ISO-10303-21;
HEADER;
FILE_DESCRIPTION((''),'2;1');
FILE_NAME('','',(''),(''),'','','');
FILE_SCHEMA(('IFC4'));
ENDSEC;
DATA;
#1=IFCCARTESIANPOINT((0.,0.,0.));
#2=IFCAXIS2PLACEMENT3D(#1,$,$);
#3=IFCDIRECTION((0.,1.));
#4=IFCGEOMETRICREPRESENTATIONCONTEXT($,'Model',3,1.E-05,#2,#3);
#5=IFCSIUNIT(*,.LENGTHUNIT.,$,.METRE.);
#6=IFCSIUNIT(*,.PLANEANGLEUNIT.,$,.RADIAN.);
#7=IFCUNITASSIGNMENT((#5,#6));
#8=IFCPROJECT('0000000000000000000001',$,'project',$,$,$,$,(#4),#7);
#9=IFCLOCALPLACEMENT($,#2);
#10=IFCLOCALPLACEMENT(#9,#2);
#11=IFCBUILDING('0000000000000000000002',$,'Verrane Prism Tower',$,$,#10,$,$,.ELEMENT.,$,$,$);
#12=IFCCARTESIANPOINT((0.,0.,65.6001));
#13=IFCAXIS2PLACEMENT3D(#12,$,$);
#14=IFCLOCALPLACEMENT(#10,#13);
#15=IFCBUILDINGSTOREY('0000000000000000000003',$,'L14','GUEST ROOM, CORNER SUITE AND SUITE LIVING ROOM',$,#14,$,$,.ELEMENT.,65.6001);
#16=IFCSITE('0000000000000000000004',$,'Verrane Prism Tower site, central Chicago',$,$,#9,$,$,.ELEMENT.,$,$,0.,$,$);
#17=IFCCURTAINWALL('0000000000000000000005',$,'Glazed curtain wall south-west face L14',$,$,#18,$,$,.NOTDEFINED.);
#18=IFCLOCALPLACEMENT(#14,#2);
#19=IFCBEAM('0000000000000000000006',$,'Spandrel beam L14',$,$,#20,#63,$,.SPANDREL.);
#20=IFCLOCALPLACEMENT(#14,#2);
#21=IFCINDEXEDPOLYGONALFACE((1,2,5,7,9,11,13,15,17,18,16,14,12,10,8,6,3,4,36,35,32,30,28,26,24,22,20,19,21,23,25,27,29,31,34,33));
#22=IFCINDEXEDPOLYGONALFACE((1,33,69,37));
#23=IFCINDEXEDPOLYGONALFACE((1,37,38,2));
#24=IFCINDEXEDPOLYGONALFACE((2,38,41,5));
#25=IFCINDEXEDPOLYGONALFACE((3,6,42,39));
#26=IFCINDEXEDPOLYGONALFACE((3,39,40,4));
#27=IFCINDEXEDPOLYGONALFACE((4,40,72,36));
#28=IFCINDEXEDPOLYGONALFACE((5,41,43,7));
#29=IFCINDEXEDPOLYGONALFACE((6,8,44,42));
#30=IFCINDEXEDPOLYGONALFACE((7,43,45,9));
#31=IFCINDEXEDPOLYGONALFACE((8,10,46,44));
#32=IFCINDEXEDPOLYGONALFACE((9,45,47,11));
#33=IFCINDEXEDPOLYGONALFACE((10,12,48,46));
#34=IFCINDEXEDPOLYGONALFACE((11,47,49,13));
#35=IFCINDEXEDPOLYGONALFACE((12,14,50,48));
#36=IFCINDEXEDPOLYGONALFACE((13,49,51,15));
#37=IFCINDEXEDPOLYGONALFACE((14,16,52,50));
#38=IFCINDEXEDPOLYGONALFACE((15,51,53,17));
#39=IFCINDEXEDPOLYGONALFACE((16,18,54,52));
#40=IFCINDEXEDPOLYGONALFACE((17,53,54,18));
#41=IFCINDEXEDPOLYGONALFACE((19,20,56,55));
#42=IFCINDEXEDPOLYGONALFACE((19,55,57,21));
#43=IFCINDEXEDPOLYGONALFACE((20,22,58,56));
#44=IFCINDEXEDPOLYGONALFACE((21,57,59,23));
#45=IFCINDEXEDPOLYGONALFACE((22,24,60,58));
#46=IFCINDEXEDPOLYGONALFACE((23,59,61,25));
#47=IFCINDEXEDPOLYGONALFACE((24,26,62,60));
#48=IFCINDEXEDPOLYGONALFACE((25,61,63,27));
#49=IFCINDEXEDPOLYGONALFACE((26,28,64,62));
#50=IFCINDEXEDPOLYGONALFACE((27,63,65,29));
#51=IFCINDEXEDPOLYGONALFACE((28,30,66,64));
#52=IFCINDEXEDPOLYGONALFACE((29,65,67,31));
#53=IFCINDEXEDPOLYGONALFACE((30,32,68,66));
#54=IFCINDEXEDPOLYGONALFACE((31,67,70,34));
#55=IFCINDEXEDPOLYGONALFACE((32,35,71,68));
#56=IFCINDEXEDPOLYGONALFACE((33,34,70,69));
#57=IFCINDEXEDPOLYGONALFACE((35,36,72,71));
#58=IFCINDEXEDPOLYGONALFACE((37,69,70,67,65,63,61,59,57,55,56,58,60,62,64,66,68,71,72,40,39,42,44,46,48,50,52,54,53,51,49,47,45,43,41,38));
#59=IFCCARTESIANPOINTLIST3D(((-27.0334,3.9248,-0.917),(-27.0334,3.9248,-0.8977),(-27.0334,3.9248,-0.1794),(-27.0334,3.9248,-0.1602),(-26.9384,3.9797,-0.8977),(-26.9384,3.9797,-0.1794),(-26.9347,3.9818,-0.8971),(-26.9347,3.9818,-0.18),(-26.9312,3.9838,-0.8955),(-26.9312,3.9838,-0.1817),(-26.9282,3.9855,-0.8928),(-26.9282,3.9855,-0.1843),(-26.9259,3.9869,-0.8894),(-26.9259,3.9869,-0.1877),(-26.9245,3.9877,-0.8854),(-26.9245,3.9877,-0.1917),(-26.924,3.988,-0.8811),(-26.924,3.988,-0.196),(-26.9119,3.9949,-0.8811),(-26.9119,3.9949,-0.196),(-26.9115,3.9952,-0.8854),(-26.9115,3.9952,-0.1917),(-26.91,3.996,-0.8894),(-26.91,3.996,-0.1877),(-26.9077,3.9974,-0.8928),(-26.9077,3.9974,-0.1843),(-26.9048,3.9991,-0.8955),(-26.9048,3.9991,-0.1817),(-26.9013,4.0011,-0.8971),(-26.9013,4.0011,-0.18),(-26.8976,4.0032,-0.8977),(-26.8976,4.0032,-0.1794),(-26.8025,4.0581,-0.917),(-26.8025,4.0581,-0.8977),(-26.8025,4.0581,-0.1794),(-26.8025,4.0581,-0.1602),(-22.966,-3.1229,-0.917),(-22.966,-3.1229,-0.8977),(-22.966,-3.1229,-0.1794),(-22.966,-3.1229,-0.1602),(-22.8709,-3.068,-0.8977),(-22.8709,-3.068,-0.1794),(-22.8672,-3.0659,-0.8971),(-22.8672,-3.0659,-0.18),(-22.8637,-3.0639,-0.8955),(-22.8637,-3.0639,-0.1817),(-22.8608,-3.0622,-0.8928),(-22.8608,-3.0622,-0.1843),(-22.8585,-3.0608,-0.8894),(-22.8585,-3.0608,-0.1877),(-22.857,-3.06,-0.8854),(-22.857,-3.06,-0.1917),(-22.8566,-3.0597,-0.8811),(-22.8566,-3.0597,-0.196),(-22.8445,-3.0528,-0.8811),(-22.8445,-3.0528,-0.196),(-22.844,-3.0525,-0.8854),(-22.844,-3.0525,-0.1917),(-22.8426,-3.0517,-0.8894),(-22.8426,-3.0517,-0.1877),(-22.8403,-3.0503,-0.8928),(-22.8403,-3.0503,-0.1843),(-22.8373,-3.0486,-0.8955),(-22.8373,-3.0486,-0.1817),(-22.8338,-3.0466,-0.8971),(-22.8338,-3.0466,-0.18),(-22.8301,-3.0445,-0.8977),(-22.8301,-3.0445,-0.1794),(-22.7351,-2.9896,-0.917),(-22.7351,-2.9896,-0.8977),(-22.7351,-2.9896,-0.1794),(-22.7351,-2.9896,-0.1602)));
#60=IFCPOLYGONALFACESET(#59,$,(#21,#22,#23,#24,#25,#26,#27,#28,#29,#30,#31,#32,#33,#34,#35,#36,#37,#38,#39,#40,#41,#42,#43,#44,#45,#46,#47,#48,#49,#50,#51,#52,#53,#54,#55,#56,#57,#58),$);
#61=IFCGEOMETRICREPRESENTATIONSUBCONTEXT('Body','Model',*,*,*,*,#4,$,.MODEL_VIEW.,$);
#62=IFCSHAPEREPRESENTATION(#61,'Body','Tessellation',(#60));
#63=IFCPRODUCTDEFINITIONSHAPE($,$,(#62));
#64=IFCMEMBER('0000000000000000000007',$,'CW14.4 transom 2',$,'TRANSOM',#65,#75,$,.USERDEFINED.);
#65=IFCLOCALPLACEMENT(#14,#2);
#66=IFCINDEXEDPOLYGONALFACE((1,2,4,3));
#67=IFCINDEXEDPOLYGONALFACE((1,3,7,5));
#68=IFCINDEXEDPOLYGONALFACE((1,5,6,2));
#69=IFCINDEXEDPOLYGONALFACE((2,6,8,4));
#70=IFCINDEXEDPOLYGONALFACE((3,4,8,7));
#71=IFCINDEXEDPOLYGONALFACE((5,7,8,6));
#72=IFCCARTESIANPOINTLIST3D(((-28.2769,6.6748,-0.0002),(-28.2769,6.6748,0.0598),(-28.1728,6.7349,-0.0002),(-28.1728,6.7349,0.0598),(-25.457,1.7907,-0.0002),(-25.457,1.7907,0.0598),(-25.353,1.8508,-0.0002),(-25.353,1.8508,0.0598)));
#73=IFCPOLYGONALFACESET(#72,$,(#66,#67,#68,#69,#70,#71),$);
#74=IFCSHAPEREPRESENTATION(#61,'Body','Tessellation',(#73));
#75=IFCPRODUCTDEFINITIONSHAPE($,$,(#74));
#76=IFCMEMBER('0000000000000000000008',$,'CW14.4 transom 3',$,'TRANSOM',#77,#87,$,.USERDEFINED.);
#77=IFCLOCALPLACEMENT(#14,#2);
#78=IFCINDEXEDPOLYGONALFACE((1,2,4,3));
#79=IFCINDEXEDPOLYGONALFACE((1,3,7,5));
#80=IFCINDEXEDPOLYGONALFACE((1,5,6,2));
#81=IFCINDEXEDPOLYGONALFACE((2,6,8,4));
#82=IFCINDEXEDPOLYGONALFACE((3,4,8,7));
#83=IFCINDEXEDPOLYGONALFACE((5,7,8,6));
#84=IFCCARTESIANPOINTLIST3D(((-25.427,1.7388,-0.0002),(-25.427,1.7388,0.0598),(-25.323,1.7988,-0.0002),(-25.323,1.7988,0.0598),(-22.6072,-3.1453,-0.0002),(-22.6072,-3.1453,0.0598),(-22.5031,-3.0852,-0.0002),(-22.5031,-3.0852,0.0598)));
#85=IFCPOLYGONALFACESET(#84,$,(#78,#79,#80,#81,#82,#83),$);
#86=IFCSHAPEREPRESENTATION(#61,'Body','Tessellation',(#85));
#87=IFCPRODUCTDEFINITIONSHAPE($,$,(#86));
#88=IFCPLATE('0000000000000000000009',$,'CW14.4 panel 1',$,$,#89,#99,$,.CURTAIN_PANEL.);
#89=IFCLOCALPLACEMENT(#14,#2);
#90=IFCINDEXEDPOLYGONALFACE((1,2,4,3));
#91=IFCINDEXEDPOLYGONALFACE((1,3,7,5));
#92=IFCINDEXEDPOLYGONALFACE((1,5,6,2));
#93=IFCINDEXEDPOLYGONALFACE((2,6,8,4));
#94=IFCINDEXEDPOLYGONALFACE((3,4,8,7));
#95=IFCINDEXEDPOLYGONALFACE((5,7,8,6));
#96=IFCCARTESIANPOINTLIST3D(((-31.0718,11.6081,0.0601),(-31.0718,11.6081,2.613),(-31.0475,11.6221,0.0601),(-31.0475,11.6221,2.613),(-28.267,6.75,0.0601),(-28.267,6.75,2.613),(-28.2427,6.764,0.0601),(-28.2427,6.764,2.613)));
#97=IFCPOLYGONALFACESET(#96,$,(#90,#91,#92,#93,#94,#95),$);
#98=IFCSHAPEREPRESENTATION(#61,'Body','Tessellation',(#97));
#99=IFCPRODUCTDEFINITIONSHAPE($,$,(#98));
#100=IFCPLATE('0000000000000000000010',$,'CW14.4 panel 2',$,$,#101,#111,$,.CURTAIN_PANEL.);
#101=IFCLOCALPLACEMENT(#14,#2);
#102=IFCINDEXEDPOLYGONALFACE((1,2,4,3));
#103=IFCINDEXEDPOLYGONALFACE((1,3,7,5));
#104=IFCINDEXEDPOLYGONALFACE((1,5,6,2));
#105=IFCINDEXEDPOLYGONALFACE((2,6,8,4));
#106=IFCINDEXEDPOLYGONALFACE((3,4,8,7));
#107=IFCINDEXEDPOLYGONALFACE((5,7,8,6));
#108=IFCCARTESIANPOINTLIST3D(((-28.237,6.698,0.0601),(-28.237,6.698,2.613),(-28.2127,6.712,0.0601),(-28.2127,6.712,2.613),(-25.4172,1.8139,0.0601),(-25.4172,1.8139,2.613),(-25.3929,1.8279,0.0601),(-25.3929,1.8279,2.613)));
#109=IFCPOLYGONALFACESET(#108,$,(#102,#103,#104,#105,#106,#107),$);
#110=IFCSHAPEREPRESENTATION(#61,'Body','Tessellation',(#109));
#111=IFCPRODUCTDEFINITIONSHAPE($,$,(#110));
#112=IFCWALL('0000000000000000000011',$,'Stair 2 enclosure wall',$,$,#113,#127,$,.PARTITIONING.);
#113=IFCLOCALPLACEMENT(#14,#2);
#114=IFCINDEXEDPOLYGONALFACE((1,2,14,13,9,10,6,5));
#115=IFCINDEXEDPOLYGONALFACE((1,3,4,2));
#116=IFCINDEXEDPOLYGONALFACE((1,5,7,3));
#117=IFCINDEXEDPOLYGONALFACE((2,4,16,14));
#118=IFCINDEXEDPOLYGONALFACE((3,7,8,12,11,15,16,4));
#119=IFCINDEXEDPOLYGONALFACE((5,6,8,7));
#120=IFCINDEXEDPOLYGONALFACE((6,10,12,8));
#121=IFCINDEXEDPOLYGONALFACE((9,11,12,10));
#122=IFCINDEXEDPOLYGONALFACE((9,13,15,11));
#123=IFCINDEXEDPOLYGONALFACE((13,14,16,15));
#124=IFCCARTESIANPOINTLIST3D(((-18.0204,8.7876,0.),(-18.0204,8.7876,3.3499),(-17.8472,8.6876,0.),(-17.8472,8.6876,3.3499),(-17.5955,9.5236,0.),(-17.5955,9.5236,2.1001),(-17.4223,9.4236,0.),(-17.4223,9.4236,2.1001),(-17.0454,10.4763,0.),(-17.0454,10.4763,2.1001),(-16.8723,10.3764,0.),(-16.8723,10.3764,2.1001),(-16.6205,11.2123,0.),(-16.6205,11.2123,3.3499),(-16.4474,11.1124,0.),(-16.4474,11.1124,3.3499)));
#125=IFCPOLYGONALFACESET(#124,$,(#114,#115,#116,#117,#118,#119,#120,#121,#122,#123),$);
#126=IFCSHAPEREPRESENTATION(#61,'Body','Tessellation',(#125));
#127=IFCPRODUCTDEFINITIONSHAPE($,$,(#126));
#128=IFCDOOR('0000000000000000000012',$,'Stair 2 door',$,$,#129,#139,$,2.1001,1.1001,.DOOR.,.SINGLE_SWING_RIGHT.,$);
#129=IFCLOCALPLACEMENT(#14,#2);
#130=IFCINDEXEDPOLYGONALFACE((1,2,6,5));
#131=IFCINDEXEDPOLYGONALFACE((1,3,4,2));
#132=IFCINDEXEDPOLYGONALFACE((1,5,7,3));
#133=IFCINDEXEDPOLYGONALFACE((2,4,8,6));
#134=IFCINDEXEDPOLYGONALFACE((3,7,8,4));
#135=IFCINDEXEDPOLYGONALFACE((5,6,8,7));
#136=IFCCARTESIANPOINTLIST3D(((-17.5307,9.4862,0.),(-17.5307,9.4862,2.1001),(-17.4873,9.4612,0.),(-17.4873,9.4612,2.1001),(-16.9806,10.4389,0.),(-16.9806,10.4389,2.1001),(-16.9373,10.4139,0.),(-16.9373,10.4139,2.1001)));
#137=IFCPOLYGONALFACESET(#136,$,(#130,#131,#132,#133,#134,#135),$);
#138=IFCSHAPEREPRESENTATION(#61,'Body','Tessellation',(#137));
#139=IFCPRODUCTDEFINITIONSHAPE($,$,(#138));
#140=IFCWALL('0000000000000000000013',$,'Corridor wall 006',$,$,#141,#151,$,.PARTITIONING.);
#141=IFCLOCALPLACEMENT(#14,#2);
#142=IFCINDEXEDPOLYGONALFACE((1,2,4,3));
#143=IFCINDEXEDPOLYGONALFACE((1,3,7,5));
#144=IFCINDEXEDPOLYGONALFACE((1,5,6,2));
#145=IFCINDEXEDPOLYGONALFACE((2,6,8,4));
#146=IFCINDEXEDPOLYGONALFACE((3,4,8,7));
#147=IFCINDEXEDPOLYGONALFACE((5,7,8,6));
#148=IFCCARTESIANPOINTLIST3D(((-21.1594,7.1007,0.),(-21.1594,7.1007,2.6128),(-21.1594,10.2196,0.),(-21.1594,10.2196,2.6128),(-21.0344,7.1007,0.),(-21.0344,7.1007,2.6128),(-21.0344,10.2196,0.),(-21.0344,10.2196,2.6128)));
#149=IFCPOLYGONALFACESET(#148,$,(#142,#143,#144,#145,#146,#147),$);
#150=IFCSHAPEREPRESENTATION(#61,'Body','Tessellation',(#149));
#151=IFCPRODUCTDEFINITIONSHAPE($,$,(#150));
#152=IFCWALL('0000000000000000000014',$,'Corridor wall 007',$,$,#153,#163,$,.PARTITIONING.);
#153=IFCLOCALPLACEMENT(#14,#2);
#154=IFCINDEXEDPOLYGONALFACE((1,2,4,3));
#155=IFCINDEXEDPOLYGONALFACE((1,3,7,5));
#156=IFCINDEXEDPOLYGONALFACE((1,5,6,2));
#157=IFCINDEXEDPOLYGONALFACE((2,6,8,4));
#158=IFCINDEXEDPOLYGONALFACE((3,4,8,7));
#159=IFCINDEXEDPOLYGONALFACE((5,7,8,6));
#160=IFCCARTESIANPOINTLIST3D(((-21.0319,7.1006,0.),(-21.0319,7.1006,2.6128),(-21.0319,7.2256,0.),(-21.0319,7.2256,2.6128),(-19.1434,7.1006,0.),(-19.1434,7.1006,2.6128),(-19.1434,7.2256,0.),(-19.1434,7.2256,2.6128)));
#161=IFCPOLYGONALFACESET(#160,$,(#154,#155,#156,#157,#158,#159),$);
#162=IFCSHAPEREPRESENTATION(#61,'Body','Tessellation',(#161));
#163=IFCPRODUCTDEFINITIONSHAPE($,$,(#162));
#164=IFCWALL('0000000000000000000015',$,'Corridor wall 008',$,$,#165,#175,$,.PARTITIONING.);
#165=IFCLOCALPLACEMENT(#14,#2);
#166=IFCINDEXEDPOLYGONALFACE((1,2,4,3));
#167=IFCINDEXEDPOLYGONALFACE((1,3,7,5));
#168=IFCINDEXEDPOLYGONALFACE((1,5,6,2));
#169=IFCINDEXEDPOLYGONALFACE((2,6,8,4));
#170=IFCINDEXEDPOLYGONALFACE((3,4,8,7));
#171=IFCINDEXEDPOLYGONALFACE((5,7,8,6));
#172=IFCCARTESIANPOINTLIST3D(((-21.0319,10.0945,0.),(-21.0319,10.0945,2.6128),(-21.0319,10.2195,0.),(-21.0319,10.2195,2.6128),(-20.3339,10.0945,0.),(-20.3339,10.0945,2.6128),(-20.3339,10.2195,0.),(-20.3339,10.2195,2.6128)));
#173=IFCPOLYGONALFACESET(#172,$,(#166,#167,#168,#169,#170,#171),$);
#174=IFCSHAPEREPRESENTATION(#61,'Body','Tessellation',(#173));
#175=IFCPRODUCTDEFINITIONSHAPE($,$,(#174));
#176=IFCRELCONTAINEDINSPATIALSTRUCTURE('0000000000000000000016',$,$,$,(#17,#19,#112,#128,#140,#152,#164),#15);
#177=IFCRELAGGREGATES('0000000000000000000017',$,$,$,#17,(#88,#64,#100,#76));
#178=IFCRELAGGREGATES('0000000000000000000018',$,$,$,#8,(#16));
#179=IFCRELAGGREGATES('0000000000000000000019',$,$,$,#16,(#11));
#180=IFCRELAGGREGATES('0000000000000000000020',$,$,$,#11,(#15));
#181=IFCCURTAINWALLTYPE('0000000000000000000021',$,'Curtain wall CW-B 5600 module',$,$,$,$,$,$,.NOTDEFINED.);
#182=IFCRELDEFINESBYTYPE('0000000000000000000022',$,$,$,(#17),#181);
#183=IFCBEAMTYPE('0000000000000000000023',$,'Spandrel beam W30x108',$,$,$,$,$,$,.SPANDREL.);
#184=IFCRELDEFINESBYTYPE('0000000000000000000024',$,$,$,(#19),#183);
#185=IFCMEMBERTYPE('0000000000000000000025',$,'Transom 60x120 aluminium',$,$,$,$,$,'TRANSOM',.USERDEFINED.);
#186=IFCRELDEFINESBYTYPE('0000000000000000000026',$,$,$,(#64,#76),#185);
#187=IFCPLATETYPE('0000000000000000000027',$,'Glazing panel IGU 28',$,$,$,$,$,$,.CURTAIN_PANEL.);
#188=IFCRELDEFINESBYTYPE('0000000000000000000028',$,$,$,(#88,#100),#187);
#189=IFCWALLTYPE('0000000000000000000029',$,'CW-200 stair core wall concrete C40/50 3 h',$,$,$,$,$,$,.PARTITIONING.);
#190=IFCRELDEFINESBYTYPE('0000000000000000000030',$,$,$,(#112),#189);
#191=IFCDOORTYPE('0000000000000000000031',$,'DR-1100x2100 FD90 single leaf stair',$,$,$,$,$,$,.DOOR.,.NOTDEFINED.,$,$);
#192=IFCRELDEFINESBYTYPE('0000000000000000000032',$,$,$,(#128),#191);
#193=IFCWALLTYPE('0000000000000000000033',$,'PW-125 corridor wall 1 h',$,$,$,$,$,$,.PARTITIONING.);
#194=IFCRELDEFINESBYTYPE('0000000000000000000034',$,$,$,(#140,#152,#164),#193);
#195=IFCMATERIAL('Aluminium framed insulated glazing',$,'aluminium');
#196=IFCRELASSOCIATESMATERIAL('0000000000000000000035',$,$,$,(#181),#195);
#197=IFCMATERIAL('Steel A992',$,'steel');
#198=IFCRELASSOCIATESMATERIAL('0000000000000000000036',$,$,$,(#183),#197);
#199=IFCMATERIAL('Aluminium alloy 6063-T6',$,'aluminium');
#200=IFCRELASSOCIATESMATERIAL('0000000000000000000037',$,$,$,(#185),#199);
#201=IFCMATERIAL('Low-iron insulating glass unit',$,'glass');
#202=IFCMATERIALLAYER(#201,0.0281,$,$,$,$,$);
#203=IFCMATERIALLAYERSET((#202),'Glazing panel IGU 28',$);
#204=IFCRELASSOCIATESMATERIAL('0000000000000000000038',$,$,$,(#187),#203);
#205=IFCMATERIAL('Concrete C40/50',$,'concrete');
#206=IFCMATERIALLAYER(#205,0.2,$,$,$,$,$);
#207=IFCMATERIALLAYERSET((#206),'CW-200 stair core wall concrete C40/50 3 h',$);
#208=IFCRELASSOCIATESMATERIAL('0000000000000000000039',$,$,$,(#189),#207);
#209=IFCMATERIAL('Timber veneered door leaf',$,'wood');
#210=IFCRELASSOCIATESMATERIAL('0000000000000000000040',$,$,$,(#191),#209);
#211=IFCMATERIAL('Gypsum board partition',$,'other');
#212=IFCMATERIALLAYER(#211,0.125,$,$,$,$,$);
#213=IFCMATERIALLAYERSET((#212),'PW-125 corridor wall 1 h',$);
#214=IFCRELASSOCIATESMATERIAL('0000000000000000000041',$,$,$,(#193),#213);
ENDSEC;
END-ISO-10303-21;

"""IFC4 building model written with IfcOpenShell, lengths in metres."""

from ifc_helpers import new_model, si_unit, direction, frame, frame_2d, origin, origin_2d, place, context, subcontext, project, spatial, rectangle, i_section, extrude, material, layer, layer_set, material_profile, profile_set, type_object, element, fill, aggregate, save


model = new_model("IFC4")

# Units and contexts
model_context = context("Model", 3, precision=1e-05, world=origin(), true_north=direction((0.0, 1.0)))
body_context = subcontext(model_context, "Body", "Model", "MODEL_VIEW")
ifc_project = project(units=[si_unit("LENGTHUNIT", "METRE"), si_unit("PLANEANGLEUNIT", "RADIAN")], contexts=[model_context])

# Site, building, storey
site_placement = place(None, origin())
site = spatial("IfcSite", under=ifc_project, at=site_placement, Name="Verrane Prism Tower site, central Chicago", CompositionType="ELEMENT", RefElevation=0.0)
building_placement = place(site_placement, origin())
building = spatial("IfcBuilding", under=site, at=building_placement, Name="Verrane Prism Tower", CompositionType="ELEMENT")
storey_placement = place(building_placement, frame((0.0, 0.0, 65.6001)))
storey = spatial("IfcBuildingStorey", under=building, at=storey_placement, Name="L14", Description="GUEST ROOM, CORNER SUITE AND SUITE LIVING ROOM", CompositionType="ELEMENT", Elevation=65.6001)

# Curtain wall
ifc_material_1 = material(Name="Aluminium framed insulated glazing", Category="aluminium")
curtain_wall_type = type_object("IfcCurtainWallType", Name="Curtain wall CW-B 5600 module", PredefinedType="NOTDEFINED", material=ifc_material_1)
curtain_wall_placement = place(storey_placement, origin())
curtain_wall = element("IfcCurtainWall", 1, at=curtain_wall_placement, inside=storey, type_object=curtain_wall_type, Name="Glazed curtain wall south-west face L14", PredefinedType="NOTDEFINED")

# Beam
ifc_material_2 = material(Name="Steel A992", Category="steel")
ifc_material_profile_1 = material_profile(ifc_material_2, i_section(OverallWidth=0.2666, OverallDepth=0.7568, WebThickness=0.0139, FlangeThickness=0.0193, FilletRadius=0.0166, at=origin_2d()), Name="W30x108")
ifc_profile_set_1 = profile_set([ifc_material_profile_1], Name="Steel A992")
beam_type_1 = type_object("IfcBeamType", Name="Spandrel beam W30x108", PredefinedType="SPANDREL", material=ifc_profile_set_1)
beam_1_placement = place(storey_placement, frame((-26.918, 3.9915, -0.5386), z_axis=(0.499857, -0.866108, 0.0), x_axis=(0.866108, 0.499857, 0.0)))
element("IfcBeam", 2, at=beam_1_placement, inside=storey, type_object=beam_type_1, Name="Spandrel beam L14", PredefinedType="SPANDREL", context=body_context, shape_type="SweptSolid", body=[
    extrude(i_section(OverallWidth=0.2666, OverallDepth=0.7568, WebThickness=0.0139, FlangeThickness=0.0193, FilletRadius=0.0166, at=origin_2d()), origin(), (0.0, 0.0, 1.0), 8.1372),
])

# Members
ifc_material_3 = material(Name="Aluminium alloy 6063-T6", Category="aluminium")
ifc_material_profile_2 = material_profile(ifc_material_3, rectangle(XDim=0.1201, YDim=0.0601, at=origin_2d()), Name="Transom 60x120 aluminium")
ifc_profile_set_2 = profile_set([ifc_material_profile_2], Name="Aluminium alloy 6063-T6")
member_type_1 = type_object("IfcMemberType", Name="Transom 60x120 aluminium", ElementType="TRANSOM", PredefinedType="USERDEFINED", material=ifc_profile_set_2)
member_1_placement = place(storey_placement, frame((-28.2249, 6.7048, 0.0298), z_axis=(0.500004, -0.866023, 0.0), x_axis=(0.866023, 0.500004, 0.0)))
member_1 = element("IfcMember", 3, at=member_1_placement, type_object=member_type_1, Name="CW14.4 transom 2", ObjectType="TRANSOM", PredefinedType="USERDEFINED", context=body_context, shape_type="SweptSolid", body=[
    extrude(rectangle(XDim=0.1201, YDim=0.0601, at=origin_2d()), origin(), (0.0, 0.0, 1.0), 5.6396),
])
member_2_placement = place(storey_placement, frame((-25.375, 1.7688, 0.0298), z_axis=(0.500004, -0.866023, 0.0), x_axis=(0.866023, 0.500004, 0.0)))
member_2 = element("IfcMember", 4, at=member_2_placement, type_object=member_type_1, Name="CW14.4 transom 3", ObjectType="TRANSOM", PredefinedType="USERDEFINED", context=body_context, shape_type="SweptSolid", body=[
    extrude(rectangle(XDim=0.1201, YDim=0.0601, at=origin_2d()), origin(), (0.0, 0.0, 1.0), 5.6396),
])

# Plates
ifc_material_4 = material(Name="Low-iron insulating glass unit", Category="glass")
ifc_layer_1 = layer(ifc_material_4, 0.0281)
ifc_layer_set_1 = layer_set([ifc_layer_1], Name="Glazing panel IGU 28")
plate_type = type_object("IfcPlateType", Name="Glazing panel IGU 28", PredefinedType="CURTAIN_PANEL", material=ifc_layer_set_1)
plate_1_placement = place(storey_placement, frame((-29.6572, 9.186, 0.0601), z_axis=(0.0, 0.0, 1.0), x_axis=(0.5, -0.866025, 0.0)))
plate_1 = element("IfcPlate", 5, at=plate_1_placement, type_object=plate_type, Name="CW14.4 panel 1", PredefinedType="CURTAIN_PANEL", context=body_context, shape_type="SweptSolid", body=[
    extrude(rectangle(XDim=5.6096, YDim=0.0281, at=origin_2d()), origin(), (0.0, 0.0, 1.0), 2.553),
])
plate_2_placement = place(storey_placement, frame((-26.8149, 4.2629, 0.0601), z_axis=(0.0, 0.0, 1.0), x_axis=(0.5, -0.866025, 0.0)))
plate_2 = element("IfcPlate", 6, at=plate_2_placement, type_object=plate_type, Name="CW14.4 panel 2", PredefinedType="CURTAIN_PANEL", context=body_context, shape_type="SweptSolid", body=[
    extrude(rectangle(XDim=5.6396, YDim=0.0281, at=origin_2d()), origin(), (0.0, 0.0, 1.0), 2.553),
])
aggregate(curtain_wall, [plate_1, member_1, plate_2, member_2])

# Wall, opening, door
ifc_material_5 = material(Name="Concrete C40/50", Category="concrete")
ifc_layer_2 = layer(ifc_material_5, 0.2)
ifc_layer_set_2 = layer_set([ifc_layer_2], Name="CW-200 stair core wall concrete C40/50 3 h")
wall_type_1 = type_object("IfcWallType", Name="CW-200 stair core wall concrete C40/50 3 h", PredefinedType="PARTITIONING", material=ifc_layer_set_2)
wall_1_placement = place(storey_placement, frame((-16.5339, 11.1624, 0.0), z_axis=(0.0, 0.0, 1.0), x_axis=(-0.499984, -0.866035, 0.0)))
wall_1 = element("IfcWall", 7, at=wall_1_placement, inside=storey, type_object=wall_type_1, Name="Stair 2 enclosure wall", PredefinedType="PARTITIONING", context=body_context, shape_type="SweptSolid", body=[
    extrude(rectangle(XDim=2.7998, YDim=0.2, at=frame_2d((1.3999, 0.0))), origin(), (0.0, 0.0, 1.0), 3.3499),
])
opening_1_placement = place(wall_1_placement, frame((0.8499, 0.0, 0.0)))
opening_1 = element("IfcOpeningElement", 8, at=opening_1_placement, cuts=wall_1, PredefinedType="OPENING", context=body_context, shape_type="SweptSolid", body=[
    extrude(rectangle(XDim=1.1001, YDim=2.1001, at=frame_2d((0.55, 1.05))), frame((0.0, 0.1099, 0.0), z_axis=(0.0, -1.0, 0.0), x_axis=(1.0, 0.0, 0.0)), (0.0, 0.0, 1.0), 0.22),
])
ifc_material_6 = material(Name="Timber veneered door leaf", Category="wood")
door_type_1 = type_object("IfcDoorType", Name="DR-1100x2100 FD90 single leaf stair", OperationType="NOTDEFINED", PredefinedType="DOOR", material=ifc_material_6)
door_1_placement = place(opening_1_placement, origin())
door_1 = element("IfcDoor", 9, at=door_1_placement, inside=storey, type_object=door_type_1, Name="Stair 2 door", OperationType="SINGLE_SWING_RIGHT", OverallHeight=2.1001, OverallWidth=1.1001, PredefinedType="DOOR", context=body_context, shape_type="SweptSolid", body=[
    extrude(rectangle(XDim=1.1001, YDim=2.1001, at=frame_2d((0.55, 1.05))), frame((0.0, 0.0249, 0.0), z_axis=(0.0, -1.0, 0.0), x_axis=(1.0, 0.0, 0.0)), (0.0, 0.0, 1.0), 0.05),
])
fill(opening_1, door_1)

# Walls
ifc_material_7 = material(Name="Gypsum board partition", Category="other")
ifc_layer_3 = layer(ifc_material_7, 0.125)
ifc_layer_set_3 = layer_set([ifc_layer_3], Name="PW-125 corridor wall 1 h")
wall_type_2 = type_object("IfcWallType", Name="PW-125 corridor wall 1 h", PredefinedType="PARTITIONING", material=ifc_layer_set_3)
wall_2_placement = place(storey_placement, frame((-21.0969, 7.1006, 0.0), z_axis=(0.0, 0.0, 1.0), x_axis=(0.0, 1.0, 0.0)))
element("IfcWall", 10, at=wall_2_placement, inside=storey, type_object=wall_type_2, Name="Corridor wall 006", PredefinedType="PARTITIONING", context=body_context, shape_type="SweptSolid", body=[
    extrude(rectangle(XDim=3.1189, YDim=0.125, at=frame_2d((1.5596, 0.0))), origin(), (0.0, 0.0, 1.0), 2.6128),
])
wall_3_placement = place(storey_placement, frame((-21.032, 7.1631, 0.0), z_axis=(0.0, 0.0, 1.0), x_axis=(1.0, 0.0, 0.0)))
element("IfcWall", 11, at=wall_3_placement, inside=storey, type_object=wall_type_2, Name="Corridor wall 007", PredefinedType="PARTITIONING", context=body_context, shape_type="SweptSolid", body=[
    extrude(rectangle(XDim=1.8884, YDim=0.125, at=frame_2d((0.9443, 0.0))), origin(), (0.0, 0.0, 1.0), 2.6128),
])
wall_4_placement = place(storey_placement, frame((-21.032, 10.157, 0.0), z_axis=(0.0, 0.0, 1.0), x_axis=(1.0, 0.0, 0.0)))
element("IfcWall", 12, at=wall_4_placement, inside=storey, type_object=wall_type_2, Name="Corridor wall 008", PredefinedType="PARTITIONING", context=body_context, shape_type="SweptSolid", body=[
    extrude(rectangle(XDim=0.698, YDim=0.125, at=frame_2d((0.3491, 0.0))), origin(), (0.0, 0.0, 1.0), 2.6128),
])

save(model, "model.ifc")
